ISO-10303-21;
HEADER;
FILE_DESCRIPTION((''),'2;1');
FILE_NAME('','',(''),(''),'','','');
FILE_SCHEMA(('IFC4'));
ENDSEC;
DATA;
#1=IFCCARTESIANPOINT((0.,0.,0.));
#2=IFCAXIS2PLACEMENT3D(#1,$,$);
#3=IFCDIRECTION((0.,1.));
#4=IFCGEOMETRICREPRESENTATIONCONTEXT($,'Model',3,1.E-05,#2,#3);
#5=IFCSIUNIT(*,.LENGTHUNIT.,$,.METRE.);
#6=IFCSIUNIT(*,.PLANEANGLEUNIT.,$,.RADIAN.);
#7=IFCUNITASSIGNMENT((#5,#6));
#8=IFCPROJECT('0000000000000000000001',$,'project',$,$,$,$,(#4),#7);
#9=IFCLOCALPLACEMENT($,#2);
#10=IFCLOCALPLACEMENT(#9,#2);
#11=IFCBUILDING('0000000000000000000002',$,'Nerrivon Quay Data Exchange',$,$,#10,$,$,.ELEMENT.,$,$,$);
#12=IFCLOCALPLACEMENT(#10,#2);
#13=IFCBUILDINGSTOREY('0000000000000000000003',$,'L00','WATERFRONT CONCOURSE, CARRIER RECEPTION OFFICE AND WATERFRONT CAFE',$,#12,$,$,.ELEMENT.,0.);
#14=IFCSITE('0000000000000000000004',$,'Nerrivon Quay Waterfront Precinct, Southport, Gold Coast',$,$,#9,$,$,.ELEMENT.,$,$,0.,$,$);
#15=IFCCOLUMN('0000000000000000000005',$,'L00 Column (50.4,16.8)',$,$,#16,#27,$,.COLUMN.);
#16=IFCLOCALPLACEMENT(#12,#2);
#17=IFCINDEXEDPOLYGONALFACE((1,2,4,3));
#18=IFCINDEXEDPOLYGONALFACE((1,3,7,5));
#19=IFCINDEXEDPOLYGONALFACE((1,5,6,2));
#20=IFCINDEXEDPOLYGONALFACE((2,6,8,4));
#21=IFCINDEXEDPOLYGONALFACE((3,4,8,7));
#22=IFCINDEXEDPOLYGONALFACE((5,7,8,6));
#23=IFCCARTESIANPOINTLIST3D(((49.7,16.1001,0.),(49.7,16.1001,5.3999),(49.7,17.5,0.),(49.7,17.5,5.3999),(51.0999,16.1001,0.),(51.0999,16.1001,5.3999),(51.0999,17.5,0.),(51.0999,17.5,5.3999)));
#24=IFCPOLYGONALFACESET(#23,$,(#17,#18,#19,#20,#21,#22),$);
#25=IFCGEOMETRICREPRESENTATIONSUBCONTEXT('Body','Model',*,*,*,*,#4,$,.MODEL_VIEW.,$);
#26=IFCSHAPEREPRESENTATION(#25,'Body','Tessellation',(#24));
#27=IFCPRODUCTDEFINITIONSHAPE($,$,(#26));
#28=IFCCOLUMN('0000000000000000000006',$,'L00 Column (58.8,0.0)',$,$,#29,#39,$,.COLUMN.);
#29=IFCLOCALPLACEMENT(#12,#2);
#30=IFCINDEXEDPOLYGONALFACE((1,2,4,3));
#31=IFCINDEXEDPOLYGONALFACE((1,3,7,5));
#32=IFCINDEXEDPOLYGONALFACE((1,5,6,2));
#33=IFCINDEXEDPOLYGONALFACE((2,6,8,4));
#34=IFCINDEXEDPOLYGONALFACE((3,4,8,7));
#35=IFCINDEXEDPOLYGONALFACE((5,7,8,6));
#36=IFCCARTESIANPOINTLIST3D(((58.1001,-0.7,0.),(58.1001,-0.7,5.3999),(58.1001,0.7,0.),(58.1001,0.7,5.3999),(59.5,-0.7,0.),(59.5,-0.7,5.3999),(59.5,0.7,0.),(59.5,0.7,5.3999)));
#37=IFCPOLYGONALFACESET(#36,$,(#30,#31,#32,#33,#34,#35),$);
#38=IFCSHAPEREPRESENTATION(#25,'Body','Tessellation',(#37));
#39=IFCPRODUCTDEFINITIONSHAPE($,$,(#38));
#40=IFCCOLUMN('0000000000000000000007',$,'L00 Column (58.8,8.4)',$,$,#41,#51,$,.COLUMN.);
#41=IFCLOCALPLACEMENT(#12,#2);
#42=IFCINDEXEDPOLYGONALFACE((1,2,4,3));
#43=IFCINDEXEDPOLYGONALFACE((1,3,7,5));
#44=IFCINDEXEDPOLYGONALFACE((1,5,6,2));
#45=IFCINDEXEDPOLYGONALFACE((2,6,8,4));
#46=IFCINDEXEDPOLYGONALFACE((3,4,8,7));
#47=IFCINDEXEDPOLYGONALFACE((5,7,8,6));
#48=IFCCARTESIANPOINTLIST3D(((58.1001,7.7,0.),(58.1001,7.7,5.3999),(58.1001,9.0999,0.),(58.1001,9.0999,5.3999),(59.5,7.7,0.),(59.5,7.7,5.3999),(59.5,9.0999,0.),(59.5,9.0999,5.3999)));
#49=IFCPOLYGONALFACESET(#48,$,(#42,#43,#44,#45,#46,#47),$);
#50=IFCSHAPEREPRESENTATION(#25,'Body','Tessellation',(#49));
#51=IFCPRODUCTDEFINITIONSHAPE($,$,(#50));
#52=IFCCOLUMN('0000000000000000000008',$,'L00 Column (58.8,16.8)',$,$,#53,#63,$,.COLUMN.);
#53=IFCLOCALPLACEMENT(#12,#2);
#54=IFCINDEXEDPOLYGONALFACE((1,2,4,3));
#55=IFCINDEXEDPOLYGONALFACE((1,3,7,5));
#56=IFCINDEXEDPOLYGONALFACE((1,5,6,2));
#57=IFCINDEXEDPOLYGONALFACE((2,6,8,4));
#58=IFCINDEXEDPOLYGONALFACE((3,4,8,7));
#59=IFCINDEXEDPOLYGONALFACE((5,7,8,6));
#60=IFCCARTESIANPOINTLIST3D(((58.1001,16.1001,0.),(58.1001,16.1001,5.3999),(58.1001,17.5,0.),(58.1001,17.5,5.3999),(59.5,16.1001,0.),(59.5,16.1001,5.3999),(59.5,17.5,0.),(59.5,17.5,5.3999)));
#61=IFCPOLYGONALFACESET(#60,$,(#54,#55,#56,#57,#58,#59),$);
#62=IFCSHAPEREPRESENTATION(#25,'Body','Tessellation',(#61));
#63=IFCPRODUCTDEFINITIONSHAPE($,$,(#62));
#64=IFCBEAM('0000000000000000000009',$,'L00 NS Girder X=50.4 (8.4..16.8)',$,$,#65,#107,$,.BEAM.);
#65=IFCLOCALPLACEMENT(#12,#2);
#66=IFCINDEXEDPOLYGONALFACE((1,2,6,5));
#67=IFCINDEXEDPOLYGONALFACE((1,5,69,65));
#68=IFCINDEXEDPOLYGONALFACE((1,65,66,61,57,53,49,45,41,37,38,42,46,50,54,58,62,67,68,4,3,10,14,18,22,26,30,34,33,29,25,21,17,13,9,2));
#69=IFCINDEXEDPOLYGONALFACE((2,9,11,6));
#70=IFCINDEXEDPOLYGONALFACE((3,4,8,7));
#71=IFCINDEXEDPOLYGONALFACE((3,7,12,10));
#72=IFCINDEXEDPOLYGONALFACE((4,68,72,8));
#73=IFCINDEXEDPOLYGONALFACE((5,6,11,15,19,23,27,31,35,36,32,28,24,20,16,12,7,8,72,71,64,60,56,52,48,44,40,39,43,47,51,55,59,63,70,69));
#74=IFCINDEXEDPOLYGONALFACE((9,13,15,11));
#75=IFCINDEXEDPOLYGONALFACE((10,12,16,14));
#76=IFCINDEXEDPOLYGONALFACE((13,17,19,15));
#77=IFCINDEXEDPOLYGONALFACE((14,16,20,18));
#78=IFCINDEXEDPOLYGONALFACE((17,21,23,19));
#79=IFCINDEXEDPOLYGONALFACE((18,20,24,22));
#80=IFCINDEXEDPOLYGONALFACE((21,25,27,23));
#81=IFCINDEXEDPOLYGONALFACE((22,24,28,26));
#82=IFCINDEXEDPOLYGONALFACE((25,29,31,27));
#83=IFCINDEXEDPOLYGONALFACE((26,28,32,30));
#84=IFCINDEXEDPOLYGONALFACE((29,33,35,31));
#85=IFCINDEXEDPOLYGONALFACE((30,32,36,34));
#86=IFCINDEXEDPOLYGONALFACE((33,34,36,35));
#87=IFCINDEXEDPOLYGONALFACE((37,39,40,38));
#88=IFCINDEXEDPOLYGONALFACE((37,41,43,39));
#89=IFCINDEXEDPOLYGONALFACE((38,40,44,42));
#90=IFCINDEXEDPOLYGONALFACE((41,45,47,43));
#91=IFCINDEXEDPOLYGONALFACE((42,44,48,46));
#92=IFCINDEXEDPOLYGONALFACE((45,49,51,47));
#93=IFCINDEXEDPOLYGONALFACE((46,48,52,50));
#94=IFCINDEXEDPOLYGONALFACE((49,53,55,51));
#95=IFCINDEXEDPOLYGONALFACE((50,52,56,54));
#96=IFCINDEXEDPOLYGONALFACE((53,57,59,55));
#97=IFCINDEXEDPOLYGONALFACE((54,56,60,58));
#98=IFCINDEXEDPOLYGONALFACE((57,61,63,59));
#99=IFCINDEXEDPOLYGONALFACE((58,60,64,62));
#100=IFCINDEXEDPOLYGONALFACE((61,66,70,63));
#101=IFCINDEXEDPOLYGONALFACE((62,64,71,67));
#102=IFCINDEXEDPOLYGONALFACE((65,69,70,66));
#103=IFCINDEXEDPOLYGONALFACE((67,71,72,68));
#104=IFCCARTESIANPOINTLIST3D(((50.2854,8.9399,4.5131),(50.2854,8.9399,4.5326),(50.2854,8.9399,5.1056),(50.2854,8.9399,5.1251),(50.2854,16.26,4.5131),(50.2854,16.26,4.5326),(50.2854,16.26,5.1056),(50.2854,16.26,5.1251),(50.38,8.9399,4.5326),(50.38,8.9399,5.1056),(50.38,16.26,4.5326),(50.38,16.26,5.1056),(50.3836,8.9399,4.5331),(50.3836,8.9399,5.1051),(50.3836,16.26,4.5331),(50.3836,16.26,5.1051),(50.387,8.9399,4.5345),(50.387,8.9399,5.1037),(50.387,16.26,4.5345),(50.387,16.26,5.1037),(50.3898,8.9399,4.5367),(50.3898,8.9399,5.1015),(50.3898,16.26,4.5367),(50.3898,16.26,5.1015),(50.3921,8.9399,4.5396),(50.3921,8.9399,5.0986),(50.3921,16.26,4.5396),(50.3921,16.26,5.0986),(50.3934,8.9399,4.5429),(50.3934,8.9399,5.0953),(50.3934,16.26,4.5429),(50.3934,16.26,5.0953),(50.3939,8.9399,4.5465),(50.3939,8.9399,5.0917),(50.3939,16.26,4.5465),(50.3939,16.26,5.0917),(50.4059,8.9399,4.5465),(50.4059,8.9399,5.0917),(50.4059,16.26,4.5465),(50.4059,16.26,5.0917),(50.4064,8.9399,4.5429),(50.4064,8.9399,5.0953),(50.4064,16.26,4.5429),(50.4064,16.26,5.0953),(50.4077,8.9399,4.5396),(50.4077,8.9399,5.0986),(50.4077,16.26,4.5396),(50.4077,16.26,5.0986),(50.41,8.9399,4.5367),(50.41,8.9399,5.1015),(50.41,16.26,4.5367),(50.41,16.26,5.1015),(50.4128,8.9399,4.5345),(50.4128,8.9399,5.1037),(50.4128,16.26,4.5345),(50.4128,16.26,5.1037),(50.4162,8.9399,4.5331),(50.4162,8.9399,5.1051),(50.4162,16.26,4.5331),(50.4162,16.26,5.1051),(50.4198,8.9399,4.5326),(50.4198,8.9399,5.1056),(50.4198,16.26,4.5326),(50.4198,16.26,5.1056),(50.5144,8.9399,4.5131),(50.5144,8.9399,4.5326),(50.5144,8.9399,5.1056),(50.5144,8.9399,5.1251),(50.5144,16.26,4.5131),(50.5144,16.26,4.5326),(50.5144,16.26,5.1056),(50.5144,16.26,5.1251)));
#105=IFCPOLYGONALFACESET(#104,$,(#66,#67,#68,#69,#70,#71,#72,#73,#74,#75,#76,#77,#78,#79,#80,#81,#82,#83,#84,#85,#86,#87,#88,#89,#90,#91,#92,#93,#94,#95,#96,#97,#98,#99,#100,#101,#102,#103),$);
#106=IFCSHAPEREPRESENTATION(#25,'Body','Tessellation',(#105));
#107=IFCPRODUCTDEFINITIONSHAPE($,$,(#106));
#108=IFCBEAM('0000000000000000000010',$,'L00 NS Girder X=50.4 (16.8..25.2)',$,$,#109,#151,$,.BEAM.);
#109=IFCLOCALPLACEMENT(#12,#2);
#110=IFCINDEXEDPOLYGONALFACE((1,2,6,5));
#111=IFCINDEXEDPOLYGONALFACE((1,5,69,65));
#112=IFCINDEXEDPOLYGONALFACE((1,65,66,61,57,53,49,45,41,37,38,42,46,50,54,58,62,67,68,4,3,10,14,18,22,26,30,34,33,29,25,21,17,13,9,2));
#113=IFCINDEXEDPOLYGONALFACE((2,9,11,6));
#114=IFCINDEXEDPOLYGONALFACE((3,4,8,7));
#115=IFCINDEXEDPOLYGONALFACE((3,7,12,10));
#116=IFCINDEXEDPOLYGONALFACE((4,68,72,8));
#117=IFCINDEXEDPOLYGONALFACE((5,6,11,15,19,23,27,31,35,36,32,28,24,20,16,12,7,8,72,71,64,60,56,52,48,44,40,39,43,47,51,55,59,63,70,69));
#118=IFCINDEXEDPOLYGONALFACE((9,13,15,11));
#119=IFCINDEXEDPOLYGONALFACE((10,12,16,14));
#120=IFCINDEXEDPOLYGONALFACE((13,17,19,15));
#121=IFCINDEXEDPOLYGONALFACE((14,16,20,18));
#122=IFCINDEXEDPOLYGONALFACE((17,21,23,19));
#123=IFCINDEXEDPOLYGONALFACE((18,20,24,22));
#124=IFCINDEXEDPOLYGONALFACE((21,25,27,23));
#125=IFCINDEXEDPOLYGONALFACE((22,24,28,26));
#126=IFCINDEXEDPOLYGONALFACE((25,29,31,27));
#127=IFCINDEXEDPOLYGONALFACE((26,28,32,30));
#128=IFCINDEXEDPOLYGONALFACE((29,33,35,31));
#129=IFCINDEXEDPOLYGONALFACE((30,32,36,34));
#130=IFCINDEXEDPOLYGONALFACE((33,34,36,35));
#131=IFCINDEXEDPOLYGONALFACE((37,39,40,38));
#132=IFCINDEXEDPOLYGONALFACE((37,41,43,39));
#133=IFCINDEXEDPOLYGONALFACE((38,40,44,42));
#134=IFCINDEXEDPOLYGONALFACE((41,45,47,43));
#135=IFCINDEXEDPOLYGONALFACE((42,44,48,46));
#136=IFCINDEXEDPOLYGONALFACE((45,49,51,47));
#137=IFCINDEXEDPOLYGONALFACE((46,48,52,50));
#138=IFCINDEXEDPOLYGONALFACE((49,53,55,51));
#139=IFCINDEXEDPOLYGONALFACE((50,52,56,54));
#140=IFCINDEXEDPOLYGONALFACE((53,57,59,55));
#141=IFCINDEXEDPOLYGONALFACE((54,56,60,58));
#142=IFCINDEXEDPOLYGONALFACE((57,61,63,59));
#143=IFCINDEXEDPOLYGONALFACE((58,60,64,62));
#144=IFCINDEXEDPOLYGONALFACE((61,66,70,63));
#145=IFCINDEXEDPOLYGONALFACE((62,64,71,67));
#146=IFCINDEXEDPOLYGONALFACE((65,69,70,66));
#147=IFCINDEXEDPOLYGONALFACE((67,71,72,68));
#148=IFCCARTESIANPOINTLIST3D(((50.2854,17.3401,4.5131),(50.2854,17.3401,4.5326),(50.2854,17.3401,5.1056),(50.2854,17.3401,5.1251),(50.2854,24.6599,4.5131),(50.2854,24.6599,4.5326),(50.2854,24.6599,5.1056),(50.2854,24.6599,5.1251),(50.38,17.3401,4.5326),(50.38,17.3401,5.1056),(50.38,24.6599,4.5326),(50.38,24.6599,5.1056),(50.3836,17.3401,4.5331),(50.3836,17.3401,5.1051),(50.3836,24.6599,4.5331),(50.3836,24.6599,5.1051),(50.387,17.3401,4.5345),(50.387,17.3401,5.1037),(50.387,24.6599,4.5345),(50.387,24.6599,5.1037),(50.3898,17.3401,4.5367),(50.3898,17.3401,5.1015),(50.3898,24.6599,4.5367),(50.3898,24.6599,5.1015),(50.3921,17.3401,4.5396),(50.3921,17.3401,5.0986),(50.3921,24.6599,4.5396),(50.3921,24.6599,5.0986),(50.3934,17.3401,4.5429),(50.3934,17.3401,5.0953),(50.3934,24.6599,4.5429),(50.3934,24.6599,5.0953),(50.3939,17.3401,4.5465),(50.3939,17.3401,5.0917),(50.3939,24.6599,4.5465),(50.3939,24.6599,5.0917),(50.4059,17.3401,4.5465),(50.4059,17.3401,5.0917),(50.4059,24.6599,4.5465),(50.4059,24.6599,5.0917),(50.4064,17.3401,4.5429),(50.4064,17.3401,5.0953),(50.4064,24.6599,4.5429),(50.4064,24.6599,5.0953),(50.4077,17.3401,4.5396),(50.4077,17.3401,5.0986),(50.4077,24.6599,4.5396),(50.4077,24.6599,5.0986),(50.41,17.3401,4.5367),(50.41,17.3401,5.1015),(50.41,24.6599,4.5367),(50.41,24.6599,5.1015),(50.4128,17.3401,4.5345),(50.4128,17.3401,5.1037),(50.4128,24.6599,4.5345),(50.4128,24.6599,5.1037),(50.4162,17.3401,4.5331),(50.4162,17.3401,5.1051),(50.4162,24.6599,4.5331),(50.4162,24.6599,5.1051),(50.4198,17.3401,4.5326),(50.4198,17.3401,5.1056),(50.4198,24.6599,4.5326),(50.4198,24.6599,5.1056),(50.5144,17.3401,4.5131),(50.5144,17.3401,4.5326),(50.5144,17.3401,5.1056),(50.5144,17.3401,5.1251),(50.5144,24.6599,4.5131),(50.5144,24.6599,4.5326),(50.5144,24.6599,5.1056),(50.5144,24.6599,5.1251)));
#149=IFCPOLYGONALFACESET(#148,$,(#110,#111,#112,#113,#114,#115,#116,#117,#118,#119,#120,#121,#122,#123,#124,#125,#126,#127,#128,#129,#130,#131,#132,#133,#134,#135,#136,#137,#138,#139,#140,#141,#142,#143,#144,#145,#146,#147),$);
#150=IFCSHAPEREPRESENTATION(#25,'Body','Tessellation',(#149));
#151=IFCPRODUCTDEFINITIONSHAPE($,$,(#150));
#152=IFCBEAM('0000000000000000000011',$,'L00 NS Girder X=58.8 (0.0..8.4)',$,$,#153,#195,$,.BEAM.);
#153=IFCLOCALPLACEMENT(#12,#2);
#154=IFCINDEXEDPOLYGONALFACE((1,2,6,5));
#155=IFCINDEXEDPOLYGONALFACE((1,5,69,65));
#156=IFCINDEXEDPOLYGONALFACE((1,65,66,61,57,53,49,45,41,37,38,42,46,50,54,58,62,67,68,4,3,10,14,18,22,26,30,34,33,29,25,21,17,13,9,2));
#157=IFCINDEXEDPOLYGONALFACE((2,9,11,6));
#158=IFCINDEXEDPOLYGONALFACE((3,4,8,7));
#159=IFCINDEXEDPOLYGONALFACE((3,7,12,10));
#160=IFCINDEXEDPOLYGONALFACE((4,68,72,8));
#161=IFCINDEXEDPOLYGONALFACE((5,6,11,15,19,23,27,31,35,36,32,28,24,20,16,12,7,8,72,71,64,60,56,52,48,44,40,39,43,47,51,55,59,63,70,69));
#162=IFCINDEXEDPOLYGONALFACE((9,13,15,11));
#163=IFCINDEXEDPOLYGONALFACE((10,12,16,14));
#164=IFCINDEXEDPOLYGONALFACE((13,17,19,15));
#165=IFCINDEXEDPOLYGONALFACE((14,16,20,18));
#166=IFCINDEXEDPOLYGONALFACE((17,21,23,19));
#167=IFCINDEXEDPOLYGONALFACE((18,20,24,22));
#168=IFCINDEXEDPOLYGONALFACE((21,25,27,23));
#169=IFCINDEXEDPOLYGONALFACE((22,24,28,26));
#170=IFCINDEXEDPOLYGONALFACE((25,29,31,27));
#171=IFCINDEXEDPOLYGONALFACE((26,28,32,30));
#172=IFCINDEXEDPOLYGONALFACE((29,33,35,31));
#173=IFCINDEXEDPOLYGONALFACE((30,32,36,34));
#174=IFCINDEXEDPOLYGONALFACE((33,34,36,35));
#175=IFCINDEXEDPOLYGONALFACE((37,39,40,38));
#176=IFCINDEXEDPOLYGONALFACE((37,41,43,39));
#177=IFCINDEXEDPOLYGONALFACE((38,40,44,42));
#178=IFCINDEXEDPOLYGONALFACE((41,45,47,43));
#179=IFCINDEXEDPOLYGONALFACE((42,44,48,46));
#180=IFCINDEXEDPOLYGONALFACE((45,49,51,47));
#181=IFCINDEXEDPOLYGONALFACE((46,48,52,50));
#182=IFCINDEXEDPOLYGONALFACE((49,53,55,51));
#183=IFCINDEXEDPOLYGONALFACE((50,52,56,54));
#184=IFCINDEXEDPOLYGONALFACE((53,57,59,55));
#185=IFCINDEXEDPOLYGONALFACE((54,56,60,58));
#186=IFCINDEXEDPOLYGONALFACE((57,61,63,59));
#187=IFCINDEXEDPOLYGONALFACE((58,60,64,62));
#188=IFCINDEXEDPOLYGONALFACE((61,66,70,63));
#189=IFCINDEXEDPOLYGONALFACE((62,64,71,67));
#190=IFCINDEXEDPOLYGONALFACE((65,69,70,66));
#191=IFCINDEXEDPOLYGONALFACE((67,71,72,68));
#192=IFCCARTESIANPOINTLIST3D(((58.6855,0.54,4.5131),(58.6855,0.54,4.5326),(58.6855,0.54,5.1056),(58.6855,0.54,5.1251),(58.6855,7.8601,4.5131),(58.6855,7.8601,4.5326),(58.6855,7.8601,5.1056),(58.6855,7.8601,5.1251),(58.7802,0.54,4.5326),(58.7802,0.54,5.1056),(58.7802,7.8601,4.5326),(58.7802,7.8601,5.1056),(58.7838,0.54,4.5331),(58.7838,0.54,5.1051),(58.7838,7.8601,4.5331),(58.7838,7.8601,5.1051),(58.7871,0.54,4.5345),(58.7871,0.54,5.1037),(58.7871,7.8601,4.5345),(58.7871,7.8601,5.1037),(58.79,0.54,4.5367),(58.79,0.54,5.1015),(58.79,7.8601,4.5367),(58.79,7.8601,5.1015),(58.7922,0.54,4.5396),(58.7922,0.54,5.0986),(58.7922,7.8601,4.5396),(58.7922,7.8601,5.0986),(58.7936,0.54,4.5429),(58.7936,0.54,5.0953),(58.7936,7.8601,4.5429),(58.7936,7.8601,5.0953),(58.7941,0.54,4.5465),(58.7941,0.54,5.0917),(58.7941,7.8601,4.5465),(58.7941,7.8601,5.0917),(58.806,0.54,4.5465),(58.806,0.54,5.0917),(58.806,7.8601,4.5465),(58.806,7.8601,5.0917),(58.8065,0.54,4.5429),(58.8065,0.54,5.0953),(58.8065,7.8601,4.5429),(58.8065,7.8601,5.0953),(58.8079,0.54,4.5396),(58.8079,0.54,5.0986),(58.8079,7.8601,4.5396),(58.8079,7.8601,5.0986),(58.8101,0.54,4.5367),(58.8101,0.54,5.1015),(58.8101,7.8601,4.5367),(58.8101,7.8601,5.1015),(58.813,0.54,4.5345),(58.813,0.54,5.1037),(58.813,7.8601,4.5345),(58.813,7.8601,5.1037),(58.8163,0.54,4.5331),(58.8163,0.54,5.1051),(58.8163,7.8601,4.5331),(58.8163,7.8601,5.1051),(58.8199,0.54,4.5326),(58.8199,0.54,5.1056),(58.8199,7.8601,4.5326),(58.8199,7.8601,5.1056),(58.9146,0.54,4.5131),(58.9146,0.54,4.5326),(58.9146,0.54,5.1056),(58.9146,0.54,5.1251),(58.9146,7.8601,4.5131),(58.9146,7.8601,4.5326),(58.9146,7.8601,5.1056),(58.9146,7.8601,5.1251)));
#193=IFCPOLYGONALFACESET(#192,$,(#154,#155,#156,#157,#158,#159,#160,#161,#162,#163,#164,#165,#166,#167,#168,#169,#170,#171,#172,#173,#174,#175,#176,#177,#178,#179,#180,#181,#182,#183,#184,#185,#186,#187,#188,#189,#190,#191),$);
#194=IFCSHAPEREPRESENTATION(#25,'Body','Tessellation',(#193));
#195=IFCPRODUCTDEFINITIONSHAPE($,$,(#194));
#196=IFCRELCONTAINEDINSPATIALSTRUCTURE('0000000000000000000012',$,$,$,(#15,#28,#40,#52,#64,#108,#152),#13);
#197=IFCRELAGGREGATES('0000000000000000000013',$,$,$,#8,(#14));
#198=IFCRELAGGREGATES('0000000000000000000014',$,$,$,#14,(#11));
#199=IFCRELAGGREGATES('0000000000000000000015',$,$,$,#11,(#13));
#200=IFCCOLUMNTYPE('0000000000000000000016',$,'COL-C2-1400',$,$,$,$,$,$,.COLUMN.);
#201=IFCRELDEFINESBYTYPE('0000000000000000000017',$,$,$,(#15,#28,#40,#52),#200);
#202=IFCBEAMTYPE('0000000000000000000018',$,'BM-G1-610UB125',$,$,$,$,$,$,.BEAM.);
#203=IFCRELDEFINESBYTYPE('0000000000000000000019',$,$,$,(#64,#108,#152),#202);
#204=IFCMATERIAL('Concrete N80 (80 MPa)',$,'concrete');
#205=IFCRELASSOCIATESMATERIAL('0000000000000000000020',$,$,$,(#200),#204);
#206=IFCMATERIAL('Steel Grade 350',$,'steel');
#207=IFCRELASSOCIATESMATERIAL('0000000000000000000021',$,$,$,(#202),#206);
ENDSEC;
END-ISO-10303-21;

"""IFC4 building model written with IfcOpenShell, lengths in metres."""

from ifc_helpers import new_model, si_unit, direction, frame, origin, origin_2d, place, context, subcontext, project, spatial, rectangle, i_section, extrude, material, material_profile, profile_set, type_object, element, save


model = new_model("IFC4")

# Units and contexts
model_context = context("Model", 3, precision=1e-05, world=origin(), true_north=direction((0.0, 1.0)))
body_context = subcontext(model_context, "Body", "Model", "MODEL_VIEW")
ifc_project = project(units=[si_unit("LENGTHUNIT", "METRE"), si_unit("PLANEANGLEUNIT", "RADIAN")], contexts=[model_context])

# Site, building, storey
site_placement = place(None, origin())
site = spatial("IfcSite", under=ifc_project, at=site_placement, Name="Nerrivon Quay Waterfront Precinct, Southport, Gold Coast", CompositionType="ELEMENT", RefElevation=0.0)
building_placement = place(site_placement, origin())
building = spatial("IfcBuilding", under=site, at=building_placement, Name="Nerrivon Quay Data Exchange", CompositionType="ELEMENT")
storey_placement = place(building_placement, origin())
storey = spatial("IfcBuildingStorey", under=building, at=storey_placement, Name="L00", Description="WATERFRONT CONCOURSE, CARRIER RECEPTION OFFICE AND WATERFRONT CAFE", CompositionType="ELEMENT", Elevation=0.0)

# Columns
ifc_material_1 = material(Name="Concrete N80 (80 MPa)", Category="concrete")
ifc_material_profile_1 = material_profile(ifc_material_1, rectangle(XDim=1.3999, YDim=1.3999, at=origin_2d()), Name="RC-COL-1400x1400")
ifc_profile_set_1 = profile_set([ifc_material_profile_1], Name="Concrete N80 (80 MPa)")
column_type = type_object("IfcColumnType", Name="COL-C2-1400", PredefinedType="COLUMN", material=ifc_profile_set_1)
for number, where, z_axis, x_axis, name in (
    (1, (50.3999, 16.8, 0.0), (0.0, 0.0, 1.0), (1.0, 0.0, 0.0), "L00 Column (50.4,16.8)"),
    (2, (58.8, 0.0, 0.0), (0.0, 0.0, 1.0), (1.0, 0.0, 0.0), "L00 Column (58.8,0.0)"),
    (3, (58.8, 8.3999, 0.0), (0.0, 0.0, 1.0), (1.0, 0.0, 0.0), "L00 Column (58.8,8.4)"),
    (4, (58.8, 16.8, 0.0), (0.0, 0.0, 1.0), (1.0, 0.0, 0.0), "L00 Column (58.8,16.8)"),
):
    element("IfcColumn", number, at=place(storey_placement, frame(where, z_axis=z_axis, x_axis=x_axis)), inside=storey, type_object=column_type, Name=name, PredefinedType="COLUMN", context=body_context, shape_type="SweptSolid", body=[
        extrude(rectangle(XDim=1.3999, YDim=1.3999, at=origin_2d()), origin(), (0.0, 0.0, 1.0), 5.3999),
    ])

# Beams
ifc_material_2 = material(Name="Steel Grade 350", Category="steel")
ifc_material_profile_2 = material_profile(ifc_material_2, i_section(OverallWidth=0.229, OverallDepth=0.6121, WebThickness=0.012, FlangeThickness=0.0195, FilletRadius=0.0139, at=origin_2d()), Name="610UB125")
ifc_profile_set_2 = profile_set([ifc_material_profile_2], Name="Steel Grade 350")
beam_type_1 = type_object("IfcBeamType", Name="BM-G1-610UB125", PredefinedType="BEAM", material=ifc_profile_set_2)
beam_1_placement = place(storey_placement, frame((50.3999, 8.9399, 4.8191), z_axis=(0.0, 1.0, 0.0), x_axis=(-1.0, 0.0, 0.0)))
element("IfcBeam", 5, at=beam_1_placement, inside=storey, type_object=beam_type_1, Name="L00 NS Girder X=50.4 (8.4..16.8)", PredefinedType="BEAM", context=body_context, shape_type="SweptSolid", body=[
    extrude(i_section(OverallWidth=0.229, OverallDepth=0.6121, WebThickness=0.012, FlangeThickness=0.0195, FilletRadius=0.0139, at=origin_2d()), origin(), (0.0, 0.0, 1.0), 7.3201),
])
beam_2_placement = place(storey_placement, frame((50.3999, 17.3401, 4.8191), z_axis=(0.0, 1.0, 0.0), x_axis=(-1.0, 0.0, 0.0)))
element("IfcBeam", 6, at=beam_2_placement, inside=storey, type_object=beam_type_1, Name="L00 NS Girder X=50.4 (16.8..25.2)", PredefinedType="BEAM", context=body_context, shape_type="SweptSolid", body=[
    extrude(i_section(OverallWidth=0.229, OverallDepth=0.6121, WebThickness=0.012, FlangeThickness=0.0195, FilletRadius=0.0139, at=origin_2d()), origin(), (0.0, 0.0, 1.0), 7.3198),
])
for number, where, z_axis, x_axis, name in (
    (7, (58.8, 0.54, 4.8191), (0.0, 1.0, 0.0), (-1.0, 0.0, 0.0), "L00 NS Girder X=58.8 (0.0..8.4)"),
):
    element("IfcBeam", number, at=place(storey_placement, frame(where, z_axis=z_axis, x_axis=x_axis)), inside=storey, type_object=beam_type_1, Name=name, PredefinedType="BEAM", context=body_context, shape_type="SweptSolid", body=[
        extrude(i_section(OverallWidth=0.229, OverallDepth=0.6121, WebThickness=0.012, FlangeThickness=0.0195, FilletRadius=0.0139, at=origin_2d()), origin(), (0.0, 0.0, 1.0), 7.3201),
    ])

save(model, "model.ifc")
